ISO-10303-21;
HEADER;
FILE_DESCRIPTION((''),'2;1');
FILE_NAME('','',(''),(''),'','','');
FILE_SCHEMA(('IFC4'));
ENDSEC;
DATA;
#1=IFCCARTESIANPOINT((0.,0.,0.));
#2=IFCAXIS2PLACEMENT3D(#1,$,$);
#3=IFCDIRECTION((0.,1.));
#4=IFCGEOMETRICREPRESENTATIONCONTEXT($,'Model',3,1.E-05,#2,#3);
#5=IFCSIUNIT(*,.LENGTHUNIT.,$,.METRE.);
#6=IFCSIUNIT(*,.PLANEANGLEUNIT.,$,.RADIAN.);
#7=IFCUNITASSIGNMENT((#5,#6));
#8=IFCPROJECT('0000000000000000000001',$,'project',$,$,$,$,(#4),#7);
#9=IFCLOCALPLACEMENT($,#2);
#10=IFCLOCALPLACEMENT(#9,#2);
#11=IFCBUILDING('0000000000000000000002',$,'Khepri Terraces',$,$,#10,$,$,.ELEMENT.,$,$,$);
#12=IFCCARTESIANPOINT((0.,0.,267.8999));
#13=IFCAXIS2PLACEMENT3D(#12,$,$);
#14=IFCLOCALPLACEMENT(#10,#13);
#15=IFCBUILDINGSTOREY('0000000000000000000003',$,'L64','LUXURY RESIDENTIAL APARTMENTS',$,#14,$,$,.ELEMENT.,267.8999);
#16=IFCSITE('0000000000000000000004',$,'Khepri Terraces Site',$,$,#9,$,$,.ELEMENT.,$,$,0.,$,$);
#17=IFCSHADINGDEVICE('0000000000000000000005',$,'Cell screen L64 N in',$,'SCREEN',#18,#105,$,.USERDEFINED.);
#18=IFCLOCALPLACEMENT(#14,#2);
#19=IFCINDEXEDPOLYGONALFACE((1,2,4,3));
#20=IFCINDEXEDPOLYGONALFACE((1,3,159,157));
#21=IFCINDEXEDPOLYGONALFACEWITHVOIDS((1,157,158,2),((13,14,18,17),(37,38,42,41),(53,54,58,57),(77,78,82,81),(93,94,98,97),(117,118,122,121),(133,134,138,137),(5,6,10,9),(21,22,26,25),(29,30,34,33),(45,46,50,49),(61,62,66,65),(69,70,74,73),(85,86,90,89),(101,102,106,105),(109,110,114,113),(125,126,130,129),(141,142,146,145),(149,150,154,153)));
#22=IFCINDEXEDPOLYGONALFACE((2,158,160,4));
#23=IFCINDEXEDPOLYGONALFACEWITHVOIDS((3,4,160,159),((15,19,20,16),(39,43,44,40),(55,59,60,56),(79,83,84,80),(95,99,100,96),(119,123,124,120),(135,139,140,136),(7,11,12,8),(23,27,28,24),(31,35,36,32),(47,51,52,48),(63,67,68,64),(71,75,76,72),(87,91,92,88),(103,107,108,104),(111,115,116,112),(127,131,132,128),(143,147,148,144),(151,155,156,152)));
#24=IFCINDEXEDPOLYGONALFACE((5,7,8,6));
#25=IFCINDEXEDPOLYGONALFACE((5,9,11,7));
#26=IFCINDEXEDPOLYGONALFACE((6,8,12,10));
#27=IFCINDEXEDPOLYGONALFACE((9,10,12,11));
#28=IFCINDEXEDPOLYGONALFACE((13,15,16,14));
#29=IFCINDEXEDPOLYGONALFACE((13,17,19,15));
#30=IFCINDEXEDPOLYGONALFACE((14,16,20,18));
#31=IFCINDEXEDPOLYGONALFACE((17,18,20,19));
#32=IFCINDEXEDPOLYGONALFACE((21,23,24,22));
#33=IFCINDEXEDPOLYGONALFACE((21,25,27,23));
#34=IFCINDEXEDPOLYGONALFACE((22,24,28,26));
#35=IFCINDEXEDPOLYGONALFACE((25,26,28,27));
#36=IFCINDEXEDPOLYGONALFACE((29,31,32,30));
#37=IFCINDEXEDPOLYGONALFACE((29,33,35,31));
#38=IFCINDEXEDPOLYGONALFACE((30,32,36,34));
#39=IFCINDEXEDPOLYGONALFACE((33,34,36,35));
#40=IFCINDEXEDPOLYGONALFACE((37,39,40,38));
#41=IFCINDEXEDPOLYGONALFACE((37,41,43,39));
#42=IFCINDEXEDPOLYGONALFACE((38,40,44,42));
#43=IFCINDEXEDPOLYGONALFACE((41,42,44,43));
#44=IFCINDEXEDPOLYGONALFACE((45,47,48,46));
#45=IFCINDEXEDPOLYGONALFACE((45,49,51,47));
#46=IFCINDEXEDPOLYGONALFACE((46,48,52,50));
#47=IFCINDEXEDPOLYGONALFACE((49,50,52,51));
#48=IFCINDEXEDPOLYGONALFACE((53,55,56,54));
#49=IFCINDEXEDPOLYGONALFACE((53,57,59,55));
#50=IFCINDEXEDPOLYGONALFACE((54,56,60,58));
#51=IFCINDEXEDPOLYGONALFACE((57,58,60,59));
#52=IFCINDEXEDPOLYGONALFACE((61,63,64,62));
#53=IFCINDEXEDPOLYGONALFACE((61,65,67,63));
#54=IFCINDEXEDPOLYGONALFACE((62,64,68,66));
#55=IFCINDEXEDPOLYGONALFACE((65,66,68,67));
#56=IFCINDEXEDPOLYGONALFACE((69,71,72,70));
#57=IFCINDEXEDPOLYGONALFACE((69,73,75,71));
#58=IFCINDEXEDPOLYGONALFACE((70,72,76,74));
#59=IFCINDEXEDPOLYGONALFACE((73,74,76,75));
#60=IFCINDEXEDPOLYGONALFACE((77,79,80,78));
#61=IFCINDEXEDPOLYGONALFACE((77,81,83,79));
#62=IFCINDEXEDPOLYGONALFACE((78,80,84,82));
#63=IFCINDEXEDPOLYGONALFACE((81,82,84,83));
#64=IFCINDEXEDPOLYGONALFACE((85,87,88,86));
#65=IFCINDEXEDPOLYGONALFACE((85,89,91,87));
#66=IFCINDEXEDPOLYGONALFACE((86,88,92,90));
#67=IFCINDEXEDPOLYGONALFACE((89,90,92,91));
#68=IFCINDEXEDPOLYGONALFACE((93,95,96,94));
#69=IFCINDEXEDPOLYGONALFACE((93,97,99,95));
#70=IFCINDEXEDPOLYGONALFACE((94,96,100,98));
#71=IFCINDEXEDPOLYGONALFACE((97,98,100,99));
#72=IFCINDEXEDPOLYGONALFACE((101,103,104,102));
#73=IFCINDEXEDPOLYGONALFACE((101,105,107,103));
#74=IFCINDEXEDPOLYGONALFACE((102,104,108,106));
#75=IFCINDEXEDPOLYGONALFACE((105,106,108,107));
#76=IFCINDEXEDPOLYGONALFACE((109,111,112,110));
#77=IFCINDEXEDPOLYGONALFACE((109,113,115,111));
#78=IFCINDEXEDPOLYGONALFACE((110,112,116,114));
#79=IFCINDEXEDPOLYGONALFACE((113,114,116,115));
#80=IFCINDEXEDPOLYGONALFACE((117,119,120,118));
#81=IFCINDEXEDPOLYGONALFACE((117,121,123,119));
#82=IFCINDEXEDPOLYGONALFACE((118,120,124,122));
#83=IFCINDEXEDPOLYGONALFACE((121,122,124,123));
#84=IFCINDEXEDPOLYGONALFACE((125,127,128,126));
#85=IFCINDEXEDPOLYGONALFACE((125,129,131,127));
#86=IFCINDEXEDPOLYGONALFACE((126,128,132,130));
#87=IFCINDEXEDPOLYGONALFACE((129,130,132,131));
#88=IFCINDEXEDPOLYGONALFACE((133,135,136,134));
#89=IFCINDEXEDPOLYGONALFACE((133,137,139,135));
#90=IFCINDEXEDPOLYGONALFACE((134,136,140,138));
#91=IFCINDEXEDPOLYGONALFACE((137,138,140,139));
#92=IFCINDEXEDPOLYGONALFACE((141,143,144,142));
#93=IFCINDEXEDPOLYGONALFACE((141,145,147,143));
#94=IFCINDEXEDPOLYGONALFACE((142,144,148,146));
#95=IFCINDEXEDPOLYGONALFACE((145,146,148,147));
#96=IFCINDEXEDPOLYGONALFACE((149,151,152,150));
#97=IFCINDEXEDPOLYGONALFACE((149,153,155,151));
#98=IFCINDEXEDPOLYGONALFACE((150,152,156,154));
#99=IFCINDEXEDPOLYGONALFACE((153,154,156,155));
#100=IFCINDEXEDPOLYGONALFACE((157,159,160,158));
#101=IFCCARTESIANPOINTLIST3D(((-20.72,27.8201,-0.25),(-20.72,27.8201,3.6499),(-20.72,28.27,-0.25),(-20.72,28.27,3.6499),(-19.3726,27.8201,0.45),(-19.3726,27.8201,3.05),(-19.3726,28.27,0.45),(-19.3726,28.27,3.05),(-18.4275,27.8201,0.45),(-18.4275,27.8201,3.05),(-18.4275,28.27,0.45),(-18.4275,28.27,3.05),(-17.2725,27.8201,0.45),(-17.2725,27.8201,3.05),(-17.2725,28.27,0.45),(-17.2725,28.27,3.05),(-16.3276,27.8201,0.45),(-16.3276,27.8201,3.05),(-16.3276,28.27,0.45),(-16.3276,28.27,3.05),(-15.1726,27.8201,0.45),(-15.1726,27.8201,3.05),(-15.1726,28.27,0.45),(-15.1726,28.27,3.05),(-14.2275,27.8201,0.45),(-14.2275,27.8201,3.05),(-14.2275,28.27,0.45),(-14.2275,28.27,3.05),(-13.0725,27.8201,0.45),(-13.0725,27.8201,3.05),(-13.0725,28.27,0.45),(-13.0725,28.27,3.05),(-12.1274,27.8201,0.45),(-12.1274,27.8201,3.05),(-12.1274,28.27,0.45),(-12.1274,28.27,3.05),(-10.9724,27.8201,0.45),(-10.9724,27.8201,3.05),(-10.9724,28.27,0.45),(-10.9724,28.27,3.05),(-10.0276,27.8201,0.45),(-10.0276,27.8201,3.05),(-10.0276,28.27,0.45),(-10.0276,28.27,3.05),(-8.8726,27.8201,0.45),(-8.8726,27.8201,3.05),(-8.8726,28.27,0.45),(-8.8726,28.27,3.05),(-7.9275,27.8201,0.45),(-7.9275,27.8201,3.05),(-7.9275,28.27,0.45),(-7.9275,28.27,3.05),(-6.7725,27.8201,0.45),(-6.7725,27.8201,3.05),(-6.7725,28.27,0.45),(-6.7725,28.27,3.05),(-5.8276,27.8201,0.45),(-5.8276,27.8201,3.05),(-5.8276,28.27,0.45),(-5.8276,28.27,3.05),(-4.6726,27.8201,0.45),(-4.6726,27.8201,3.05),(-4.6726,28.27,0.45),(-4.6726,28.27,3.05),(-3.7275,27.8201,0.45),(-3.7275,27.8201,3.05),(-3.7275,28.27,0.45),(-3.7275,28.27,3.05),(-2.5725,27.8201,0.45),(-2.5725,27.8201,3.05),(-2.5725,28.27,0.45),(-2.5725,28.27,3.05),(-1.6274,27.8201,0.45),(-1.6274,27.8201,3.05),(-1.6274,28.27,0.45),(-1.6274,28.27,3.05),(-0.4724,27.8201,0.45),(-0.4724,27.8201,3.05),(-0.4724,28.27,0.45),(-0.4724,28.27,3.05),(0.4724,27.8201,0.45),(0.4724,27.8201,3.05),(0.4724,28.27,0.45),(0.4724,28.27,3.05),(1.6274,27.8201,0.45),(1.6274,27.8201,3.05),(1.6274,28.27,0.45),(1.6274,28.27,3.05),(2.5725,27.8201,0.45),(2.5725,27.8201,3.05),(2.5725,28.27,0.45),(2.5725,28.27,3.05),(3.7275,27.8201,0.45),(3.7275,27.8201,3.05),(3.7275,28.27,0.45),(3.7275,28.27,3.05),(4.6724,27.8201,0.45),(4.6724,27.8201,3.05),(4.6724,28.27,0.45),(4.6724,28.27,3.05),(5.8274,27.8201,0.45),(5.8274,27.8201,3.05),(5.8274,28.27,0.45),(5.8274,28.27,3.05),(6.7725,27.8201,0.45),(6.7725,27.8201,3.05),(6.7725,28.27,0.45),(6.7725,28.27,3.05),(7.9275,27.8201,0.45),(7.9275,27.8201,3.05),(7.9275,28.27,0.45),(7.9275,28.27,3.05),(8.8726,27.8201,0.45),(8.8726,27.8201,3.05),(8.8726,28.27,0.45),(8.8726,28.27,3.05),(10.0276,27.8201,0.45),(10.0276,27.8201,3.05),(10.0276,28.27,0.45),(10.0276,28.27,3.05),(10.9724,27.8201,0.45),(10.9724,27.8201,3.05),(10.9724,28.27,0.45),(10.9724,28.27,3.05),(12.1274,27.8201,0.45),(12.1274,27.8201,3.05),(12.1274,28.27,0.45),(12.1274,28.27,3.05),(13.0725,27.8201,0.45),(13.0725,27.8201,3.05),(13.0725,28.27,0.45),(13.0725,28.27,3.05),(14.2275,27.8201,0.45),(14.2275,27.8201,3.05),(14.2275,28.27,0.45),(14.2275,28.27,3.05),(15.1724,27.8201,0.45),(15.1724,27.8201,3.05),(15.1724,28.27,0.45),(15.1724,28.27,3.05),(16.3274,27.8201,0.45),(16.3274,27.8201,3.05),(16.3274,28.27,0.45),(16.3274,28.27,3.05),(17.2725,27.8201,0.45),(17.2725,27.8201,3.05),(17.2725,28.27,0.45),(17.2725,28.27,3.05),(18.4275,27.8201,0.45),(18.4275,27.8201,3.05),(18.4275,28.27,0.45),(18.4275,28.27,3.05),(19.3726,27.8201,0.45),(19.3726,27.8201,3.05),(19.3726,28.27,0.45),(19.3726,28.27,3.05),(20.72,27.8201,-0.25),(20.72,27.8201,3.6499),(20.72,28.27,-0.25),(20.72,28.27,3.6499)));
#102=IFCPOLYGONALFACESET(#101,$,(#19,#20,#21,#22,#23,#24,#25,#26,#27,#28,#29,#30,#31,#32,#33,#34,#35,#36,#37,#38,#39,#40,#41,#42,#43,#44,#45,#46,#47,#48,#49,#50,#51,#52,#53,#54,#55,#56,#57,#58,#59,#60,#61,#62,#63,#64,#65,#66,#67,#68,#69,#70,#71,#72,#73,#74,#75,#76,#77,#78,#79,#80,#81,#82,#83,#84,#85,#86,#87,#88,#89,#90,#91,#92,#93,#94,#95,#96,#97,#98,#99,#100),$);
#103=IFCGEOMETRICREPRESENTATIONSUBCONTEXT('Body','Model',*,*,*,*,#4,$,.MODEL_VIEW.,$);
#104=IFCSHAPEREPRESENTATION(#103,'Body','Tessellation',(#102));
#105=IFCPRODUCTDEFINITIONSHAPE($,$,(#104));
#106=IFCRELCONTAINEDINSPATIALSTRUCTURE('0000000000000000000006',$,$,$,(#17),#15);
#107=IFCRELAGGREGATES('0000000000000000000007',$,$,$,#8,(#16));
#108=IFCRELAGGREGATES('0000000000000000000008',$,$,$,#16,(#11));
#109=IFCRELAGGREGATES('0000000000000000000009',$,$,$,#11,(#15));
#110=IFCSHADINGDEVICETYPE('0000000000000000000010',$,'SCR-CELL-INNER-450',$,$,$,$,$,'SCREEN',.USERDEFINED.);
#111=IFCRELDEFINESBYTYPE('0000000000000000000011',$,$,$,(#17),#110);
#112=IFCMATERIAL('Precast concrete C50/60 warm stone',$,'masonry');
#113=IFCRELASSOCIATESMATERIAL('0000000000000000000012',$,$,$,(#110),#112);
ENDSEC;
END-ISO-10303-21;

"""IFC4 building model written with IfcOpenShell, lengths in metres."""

from ifc_helpers import new_model, si_unit, direction, frame, origin, place, context, subcontext, project, spatial, polyline, outline, extrude, material, type_object, element, save


model = new_model("IFC4")

# Units and contexts
model_context = context("Model", 3, precision=1e-05, world=origin(), true_north=direction((0.0, 1.0)))
body_context = subcontext(model_context, "Body", "Model", "MODEL_VIEW")
ifc_project = project(units=[si_unit("LENGTHUNIT", "METRE"), si_unit("PLANEANGLEUNIT", "RADIAN")], contexts=[model_context])

# Site, building, storey
site_placement = place(None, origin())
site = spatial("IfcSite", under=ifc_project, at=site_placement, Name="Khepri Terraces Site", CompositionType="ELEMENT", RefElevation=0.0)
building_placement = place(site_placement, origin())
building = spatial("IfcBuilding", under=site, at=building_placement, Name="Khepri Terraces", CompositionType="ELEMENT")
storey_placement = place(building_placement, frame((0.0, 0.0, 267.8999)))
storey = spatial("IfcBuildingStorey", under=building, at=storey_placement, Name="L64", Description="LUXURY RESIDENTIAL APARTMENTS", CompositionType="ELEMENT", Elevation=267.8999)

# Shared definitions
ifc_material_1 = material(Name="Precast concrete C50/60 warm stone", Category="masonry")

# Shading device
shading_device_type_1 = type_object("IfcShadingDeviceType", Name="SCR-CELL-INNER-450", ElementType="SCREEN", PredefinedType="USERDEFINED", material=ifc_material_1)
shading_device_1_placement = place(storey_placement, frame((20.72, 27.8201, -0.25), z_axis=(0.0, 1.0, 0.0), x_axis=(-1.0, 0.0, 0.0)))
element("IfcShadingDevice", 1, at=shading_device_1_placement, inside=storey, type_object=shading_device_type_1, Name="Cell screen L64 N in", ObjectType="SCREEN", PredefinedType="USERDEFINED", context=body_context, shape_type="SweptSolid", body=[
    extrude(outline(polyline([(0.0, 0.0), (41.4399, 0.0), (41.4399, 3.8999), (0.0, 3.8999), (0.0, 0.0)]), holes=[polyline([(1.3474, 0.7), (2.2925, 0.7), (2.2925, 3.3), (1.3474, 3.3), (1.3474, 0.7)]), polyline([(3.4475, 0.7), (4.3926, 0.7), (4.3926, 3.3), (3.4475, 3.3), (3.4475, 0.7)]), polyline([(5.5476, 0.7), (6.4924, 0.7), (6.4924, 3.3), (5.5476, 3.3), (5.5476, 0.7)]), polyline([(7.6475, 0.7), (8.5925, 0.7), (8.5925, 3.3), (7.6475, 3.3), (7.6475, 0.7)]), polyline([(9.7476, 0.7), (10.6924, 0.7), (10.6924, 3.3), (9.7476, 3.3), (9.7476, 0.7)]), polyline([(11.8474, 0.7), (12.7925, 0.7), (12.7925, 3.3), (11.8474, 3.3), (11.8474, 0.7)]), polyline([(13.9475, 0.7), (14.8926, 0.7), (14.8926, 3.3), (13.9475, 3.3), (13.9475, 0.7)]), polyline([(16.0476, 0.7), (16.9924, 0.7), (16.9924, 3.3), (16.0476, 3.3), (16.0476, 0.7)]), polyline([(18.1475, 0.7), (19.0925, 0.7), (19.0925, 3.3), (18.1475, 3.3), (18.1475, 0.7)]), polyline([(20.2476, 0.7), (21.1924, 0.7), (21.1924, 3.3), (20.2476, 3.3), (20.2476, 0.7)]), polyline([(22.3474, 0.7), (23.2925, 0.7), (23.2925, 3.3), (22.3474, 3.3), (22.3474, 0.7)]), polyline([(24.4475, 0.7), (25.3926, 0.7), (25.3926, 3.3), (24.4475, 3.3), (24.4475, 0.7)]), polyline([(26.5476, 0.7), (27.4924, 0.7), (27.4924, 3.3), (26.5476, 3.3), (26.5476, 0.7)]), polyline([(28.6475, 0.7), (29.5925, 0.7), (29.5925, 3.3), (28.6475, 3.3), (28.6475, 0.7)]), polyline([(30.7476, 0.7), (31.6924, 0.7), (31.6924, 3.3), (30.7476, 3.3), (30.7476, 0.7)]), polyline([(32.8474, 0.7), (33.7925, 0.7), (33.7925, 3.3), (32.8474, 3.3), (32.8474, 0.7)]), polyline([(34.9475, 0.7), (35.8926, 0.7), (35.8926, 3.3), (34.9475, 3.3), (34.9475, 0.7)]), polyline([(37.0476, 0.7), (37.9924, 0.7), (37.9924, 3.3), (37.0476, 3.3), (37.0476, 0.7)]), polyline([(39.1475, 0.7), (40.0925, 0.7), (40.0925, 3.3), (39.1475, 3.3), (39.1475, 0.7)])]), origin(), (0.0, 0.0, 1.0), 0.45),
])

save(model, "model.ifc")
